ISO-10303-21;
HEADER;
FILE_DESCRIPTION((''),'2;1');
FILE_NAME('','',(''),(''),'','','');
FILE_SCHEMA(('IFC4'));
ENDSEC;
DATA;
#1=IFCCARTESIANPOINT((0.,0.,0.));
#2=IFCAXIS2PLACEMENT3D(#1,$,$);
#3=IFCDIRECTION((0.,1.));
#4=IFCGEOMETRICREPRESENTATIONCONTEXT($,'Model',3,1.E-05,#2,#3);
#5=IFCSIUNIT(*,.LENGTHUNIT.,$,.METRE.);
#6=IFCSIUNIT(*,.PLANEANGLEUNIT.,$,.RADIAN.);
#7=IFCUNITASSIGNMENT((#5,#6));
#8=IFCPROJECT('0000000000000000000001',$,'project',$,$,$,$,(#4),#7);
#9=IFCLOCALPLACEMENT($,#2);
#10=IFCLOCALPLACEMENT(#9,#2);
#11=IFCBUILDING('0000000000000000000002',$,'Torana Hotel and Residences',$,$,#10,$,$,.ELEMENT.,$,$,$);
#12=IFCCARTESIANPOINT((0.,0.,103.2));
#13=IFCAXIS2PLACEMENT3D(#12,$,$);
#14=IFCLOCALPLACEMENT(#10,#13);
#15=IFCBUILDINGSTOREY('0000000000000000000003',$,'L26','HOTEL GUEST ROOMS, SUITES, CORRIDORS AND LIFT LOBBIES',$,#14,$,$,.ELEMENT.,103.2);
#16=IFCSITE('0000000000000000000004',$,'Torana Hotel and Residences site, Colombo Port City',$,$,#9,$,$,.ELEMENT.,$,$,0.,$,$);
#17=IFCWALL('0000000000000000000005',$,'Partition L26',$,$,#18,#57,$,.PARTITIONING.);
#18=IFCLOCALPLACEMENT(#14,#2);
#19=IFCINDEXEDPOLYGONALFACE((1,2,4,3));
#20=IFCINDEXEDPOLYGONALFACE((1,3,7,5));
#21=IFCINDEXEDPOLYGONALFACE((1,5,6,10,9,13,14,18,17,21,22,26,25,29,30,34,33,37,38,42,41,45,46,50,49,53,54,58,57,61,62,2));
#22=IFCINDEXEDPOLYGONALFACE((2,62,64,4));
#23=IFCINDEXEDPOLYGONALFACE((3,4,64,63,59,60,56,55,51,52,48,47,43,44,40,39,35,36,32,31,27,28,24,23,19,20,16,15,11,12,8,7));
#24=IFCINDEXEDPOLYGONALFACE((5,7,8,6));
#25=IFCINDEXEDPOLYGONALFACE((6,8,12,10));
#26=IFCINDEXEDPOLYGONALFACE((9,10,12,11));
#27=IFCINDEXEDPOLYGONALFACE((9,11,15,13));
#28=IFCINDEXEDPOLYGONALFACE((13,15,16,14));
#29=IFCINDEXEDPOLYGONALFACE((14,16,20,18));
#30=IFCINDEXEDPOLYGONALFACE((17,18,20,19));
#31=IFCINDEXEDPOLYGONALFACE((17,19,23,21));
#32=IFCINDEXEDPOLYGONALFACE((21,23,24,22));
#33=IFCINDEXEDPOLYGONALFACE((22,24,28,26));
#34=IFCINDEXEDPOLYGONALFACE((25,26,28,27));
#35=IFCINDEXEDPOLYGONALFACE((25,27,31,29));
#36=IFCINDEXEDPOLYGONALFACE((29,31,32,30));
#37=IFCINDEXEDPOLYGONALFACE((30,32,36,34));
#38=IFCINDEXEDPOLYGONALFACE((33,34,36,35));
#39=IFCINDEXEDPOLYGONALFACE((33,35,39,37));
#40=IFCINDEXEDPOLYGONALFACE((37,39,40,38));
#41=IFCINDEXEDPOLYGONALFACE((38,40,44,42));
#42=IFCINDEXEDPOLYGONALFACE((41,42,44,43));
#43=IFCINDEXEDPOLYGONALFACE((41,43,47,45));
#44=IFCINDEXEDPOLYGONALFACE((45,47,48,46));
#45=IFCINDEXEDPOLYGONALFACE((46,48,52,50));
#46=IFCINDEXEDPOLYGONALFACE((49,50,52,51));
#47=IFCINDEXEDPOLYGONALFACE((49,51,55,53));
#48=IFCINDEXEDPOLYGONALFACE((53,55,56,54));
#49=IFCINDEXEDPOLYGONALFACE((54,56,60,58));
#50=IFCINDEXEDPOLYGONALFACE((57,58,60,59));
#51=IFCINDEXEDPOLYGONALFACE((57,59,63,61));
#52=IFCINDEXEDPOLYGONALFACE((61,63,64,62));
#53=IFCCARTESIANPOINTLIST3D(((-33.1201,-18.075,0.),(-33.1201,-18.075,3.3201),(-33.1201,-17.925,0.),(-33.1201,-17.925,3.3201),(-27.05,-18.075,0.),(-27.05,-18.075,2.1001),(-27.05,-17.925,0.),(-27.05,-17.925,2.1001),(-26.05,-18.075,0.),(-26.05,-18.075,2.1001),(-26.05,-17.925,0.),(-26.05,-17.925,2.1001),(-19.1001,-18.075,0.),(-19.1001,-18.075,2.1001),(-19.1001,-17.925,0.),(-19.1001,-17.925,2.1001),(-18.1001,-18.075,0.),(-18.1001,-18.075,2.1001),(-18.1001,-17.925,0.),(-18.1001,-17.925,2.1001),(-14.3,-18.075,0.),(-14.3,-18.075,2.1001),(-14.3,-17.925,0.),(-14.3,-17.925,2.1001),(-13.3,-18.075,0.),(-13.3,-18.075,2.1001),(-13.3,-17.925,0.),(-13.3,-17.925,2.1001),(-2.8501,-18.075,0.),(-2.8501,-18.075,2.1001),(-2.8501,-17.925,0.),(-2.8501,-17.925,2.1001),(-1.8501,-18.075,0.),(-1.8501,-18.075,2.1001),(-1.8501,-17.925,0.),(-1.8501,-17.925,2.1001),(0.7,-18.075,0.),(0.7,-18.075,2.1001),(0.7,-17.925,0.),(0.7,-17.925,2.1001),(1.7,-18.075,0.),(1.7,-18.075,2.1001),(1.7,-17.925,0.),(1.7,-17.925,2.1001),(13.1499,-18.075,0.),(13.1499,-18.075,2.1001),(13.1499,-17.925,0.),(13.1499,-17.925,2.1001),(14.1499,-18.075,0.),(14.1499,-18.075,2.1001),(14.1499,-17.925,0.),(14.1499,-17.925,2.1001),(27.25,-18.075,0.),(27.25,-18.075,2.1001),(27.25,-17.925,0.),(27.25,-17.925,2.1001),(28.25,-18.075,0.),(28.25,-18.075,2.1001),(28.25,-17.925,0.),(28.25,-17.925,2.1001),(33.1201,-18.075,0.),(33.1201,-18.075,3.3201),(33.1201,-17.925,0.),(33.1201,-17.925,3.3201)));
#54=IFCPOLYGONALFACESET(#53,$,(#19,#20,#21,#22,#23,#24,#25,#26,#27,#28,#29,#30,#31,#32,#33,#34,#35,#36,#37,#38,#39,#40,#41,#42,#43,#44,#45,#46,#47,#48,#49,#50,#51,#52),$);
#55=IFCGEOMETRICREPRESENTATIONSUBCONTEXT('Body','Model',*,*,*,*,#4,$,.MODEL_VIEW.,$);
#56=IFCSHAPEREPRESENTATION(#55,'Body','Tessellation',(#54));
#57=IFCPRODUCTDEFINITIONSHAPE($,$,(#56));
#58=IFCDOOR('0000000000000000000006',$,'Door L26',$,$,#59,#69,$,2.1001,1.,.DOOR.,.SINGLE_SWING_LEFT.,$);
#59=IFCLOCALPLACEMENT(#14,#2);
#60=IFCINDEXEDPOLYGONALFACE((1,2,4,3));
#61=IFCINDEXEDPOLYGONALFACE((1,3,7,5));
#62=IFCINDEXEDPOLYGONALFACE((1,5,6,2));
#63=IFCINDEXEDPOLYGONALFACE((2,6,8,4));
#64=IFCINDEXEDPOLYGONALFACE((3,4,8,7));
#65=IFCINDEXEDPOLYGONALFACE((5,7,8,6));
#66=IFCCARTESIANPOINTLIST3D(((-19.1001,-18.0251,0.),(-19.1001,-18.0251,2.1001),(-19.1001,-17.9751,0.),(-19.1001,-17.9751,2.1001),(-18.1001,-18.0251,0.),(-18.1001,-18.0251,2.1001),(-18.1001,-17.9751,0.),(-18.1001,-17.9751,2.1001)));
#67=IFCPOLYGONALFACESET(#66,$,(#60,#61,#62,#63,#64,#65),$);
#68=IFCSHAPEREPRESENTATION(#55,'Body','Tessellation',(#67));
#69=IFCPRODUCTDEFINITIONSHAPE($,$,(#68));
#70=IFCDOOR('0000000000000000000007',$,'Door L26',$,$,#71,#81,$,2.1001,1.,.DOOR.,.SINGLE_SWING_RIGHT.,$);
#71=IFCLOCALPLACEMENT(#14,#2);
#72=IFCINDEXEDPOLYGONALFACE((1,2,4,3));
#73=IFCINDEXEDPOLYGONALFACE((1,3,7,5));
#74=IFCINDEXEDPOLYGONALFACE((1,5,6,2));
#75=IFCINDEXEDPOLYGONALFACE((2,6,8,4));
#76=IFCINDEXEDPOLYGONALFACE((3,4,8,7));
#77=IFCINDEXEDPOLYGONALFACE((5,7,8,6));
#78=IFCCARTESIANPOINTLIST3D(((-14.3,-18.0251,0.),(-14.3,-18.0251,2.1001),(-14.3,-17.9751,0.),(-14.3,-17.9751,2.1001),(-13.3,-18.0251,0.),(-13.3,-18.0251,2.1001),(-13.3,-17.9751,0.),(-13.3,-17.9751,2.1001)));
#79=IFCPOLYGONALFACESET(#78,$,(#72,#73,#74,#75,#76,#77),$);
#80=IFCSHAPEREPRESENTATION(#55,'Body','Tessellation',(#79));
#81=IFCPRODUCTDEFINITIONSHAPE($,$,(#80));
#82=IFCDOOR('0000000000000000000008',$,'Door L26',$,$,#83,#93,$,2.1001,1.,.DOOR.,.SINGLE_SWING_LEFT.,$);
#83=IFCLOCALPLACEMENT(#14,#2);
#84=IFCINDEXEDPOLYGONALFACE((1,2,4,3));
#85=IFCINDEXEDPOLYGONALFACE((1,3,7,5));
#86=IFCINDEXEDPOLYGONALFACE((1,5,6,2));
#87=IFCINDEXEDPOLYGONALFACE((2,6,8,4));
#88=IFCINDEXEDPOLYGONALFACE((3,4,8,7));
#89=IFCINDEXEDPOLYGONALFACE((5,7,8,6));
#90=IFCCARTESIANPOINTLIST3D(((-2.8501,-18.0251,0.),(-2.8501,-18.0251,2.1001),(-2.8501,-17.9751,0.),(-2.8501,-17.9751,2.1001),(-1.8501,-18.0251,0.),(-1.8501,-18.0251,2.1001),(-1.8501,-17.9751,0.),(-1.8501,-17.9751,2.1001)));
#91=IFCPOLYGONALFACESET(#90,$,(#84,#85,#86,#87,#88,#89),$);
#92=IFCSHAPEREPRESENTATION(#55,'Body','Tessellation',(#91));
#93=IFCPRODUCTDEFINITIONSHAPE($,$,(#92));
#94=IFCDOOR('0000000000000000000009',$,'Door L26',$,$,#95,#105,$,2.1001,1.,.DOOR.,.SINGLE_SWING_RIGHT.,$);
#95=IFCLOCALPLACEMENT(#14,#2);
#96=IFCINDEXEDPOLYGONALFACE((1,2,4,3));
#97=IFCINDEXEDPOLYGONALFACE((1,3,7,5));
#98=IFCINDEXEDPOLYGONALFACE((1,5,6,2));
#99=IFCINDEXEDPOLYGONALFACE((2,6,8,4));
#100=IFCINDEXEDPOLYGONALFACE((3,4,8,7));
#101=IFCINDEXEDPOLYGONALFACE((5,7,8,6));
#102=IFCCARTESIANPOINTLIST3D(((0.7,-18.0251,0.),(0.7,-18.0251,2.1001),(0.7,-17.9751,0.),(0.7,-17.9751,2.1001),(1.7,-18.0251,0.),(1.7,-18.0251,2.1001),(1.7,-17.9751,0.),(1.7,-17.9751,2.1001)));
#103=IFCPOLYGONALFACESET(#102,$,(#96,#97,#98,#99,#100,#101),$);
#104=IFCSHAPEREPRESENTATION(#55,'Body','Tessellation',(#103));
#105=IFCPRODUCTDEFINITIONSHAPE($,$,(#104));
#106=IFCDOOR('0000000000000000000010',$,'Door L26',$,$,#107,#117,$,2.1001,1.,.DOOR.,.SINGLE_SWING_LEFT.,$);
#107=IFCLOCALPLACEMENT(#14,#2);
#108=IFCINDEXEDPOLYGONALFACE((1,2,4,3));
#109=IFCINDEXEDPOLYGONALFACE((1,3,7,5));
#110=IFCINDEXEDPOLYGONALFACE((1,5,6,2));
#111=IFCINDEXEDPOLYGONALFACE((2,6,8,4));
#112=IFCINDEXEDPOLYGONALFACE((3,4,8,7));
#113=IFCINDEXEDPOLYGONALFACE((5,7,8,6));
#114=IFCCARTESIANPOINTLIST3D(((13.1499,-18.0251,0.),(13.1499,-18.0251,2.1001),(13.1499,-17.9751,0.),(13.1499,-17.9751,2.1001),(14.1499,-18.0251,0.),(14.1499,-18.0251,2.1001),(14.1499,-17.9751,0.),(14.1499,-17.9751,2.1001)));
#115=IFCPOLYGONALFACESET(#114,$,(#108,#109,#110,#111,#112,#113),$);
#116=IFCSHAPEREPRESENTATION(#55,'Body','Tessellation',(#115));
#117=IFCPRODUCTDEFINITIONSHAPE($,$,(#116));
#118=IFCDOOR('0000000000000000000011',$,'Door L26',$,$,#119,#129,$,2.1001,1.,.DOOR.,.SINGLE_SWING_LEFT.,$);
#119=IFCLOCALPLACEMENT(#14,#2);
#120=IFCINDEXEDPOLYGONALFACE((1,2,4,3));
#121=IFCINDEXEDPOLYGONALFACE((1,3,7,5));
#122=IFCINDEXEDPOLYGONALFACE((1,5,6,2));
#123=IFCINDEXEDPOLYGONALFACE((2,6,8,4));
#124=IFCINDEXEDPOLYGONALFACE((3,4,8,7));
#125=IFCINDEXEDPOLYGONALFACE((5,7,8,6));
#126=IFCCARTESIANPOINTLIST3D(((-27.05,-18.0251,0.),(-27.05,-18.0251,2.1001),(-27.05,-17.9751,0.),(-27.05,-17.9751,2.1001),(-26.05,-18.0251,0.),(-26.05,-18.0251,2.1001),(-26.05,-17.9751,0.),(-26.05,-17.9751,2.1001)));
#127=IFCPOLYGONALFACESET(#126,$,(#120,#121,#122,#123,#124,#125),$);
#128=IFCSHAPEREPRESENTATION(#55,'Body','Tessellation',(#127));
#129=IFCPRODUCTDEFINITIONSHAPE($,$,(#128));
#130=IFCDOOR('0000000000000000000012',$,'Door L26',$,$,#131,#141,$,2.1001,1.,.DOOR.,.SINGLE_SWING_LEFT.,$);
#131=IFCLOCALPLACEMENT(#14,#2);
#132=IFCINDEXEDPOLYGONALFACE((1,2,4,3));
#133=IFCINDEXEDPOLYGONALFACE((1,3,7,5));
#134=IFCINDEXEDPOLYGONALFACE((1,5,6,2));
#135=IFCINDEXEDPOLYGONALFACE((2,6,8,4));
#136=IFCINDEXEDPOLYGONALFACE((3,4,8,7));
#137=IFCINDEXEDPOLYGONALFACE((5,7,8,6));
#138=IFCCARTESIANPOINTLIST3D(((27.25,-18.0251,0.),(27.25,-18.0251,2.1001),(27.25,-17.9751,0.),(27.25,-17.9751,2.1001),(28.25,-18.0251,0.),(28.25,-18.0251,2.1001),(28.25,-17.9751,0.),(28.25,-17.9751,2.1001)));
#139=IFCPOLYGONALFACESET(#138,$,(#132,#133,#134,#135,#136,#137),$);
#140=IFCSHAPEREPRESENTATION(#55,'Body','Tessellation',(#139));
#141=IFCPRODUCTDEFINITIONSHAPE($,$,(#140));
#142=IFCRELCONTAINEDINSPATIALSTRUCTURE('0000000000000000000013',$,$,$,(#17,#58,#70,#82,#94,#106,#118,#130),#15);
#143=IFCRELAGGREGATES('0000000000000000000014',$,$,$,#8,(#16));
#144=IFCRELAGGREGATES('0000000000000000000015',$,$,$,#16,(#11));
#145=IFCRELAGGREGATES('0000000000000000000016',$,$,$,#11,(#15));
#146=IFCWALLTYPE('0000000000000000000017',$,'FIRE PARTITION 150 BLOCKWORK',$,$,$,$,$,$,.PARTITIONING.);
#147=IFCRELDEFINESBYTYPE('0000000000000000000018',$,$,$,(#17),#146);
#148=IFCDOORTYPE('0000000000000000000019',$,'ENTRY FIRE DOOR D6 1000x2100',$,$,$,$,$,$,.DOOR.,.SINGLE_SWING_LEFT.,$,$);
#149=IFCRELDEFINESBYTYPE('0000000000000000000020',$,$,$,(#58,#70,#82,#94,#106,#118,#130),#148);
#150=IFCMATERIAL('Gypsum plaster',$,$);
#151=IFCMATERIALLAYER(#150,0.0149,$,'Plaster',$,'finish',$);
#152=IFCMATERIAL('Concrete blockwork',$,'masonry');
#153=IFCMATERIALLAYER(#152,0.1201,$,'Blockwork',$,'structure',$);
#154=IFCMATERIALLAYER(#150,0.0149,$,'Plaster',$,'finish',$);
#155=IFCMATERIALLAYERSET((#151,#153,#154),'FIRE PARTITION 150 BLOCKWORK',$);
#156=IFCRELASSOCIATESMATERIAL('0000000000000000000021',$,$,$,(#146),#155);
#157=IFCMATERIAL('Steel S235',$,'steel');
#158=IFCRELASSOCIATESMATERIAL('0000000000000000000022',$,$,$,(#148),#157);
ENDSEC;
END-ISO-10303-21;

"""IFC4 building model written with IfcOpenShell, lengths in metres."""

from ifc_helpers import new_model, si_unit, direction, frame, frame_2d, origin, place, context, subcontext, project, spatial, rectangle, extrude, material, layer, layer_set, type_object, element, fill, save


model = new_model("IFC4")

# Units and contexts
model_context = context("Model", 3, precision=1e-05, world=origin(), true_north=direction((0.0, 1.0)))
body_context = subcontext(model_context, "Body", "Model", "MODEL_VIEW")
ifc_project = project(units=[si_unit("LENGTHUNIT", "METRE"), si_unit("PLANEANGLEUNIT", "RADIAN")], contexts=[model_context])

# Site, building, storey
site_placement = place(None, origin())
site = spatial("IfcSite", under=ifc_project, at=site_placement, Name="Torana Hotel and Residences site, Colombo Port City", CompositionType="ELEMENT", RefElevation=0.0)
building_placement = place(site_placement, origin())
building = spatial("IfcBuilding", under=site, at=building_placement, Name="Torana Hotel and Residences", CompositionType="ELEMENT")
storey_placement = place(building_placement, frame((0.0, 0.0, 103.2)))
storey = spatial("IfcBuildingStorey", under=building, at=storey_placement, Name="L26", Description="HOTEL GUEST ROOMS, SUITES, CORRIDORS AND LIFT LOBBIES", CompositionType="ELEMENT", Elevation=103.2)

# Wall, openings, doors
ifc_material_1 = material(Name="Gypsum plaster")
ifc_layer_1 = layer(ifc_material_1, 0.0149, Name="Plaster", Category="finish")
ifc_material_2 = material(Name="Concrete blockwork", Category="masonry")
ifc_layer_2 = layer(ifc_material_2, 0.1201, Name="Blockwork", Category="structure")
ifc_layer_3 = layer(ifc_material_1, 0.0149, Name="Plaster", Category="finish")
ifc_layer_set_1 = layer_set([ifc_layer_1, ifc_layer_2, ifc_layer_3], Name="FIRE PARTITION 150 BLOCKWORK")
wall_type_1 = type_object("IfcWallType", Name="FIRE PARTITION 150 BLOCKWORK", PredefinedType="PARTITIONING", material=ifc_layer_set_1)
wall_1_placement = place(storey_placement, frame((-33.1201, -18.0, 0.0), z_axis=(0.0, 0.0, 1.0), x_axis=(1.0, 0.0, 0.0)))
wall_1 = element("IfcWall", 1, at=wall_1_placement, inside=storey, type_object=wall_type_1, Name="Partition L26", PredefinedType="PARTITIONING", context=body_context, shape_type="SweptSolid", body=[
    extrude(rectangle(XDim=66.2402, YDim=0.1499, at=frame_2d((33.1201, 0.0))), origin(), (0.0, 0.0, 1.0), 3.3201),
])
opening_1_placement = place(wall_1_placement, frame((14.02, 0.0, 0.0)))
opening_1 = element("IfcOpeningElement", 2, at=opening_1_placement, cuts=wall_1, PredefinedType="OPENING", context=body_context, shape_type="SweptSolid", body=[
    extrude(rectangle(XDim=1.0, YDim=2.1001, at=frame_2d((0.5, 1.05))), frame((0.0, 0.085, 0.0), z_axis=(0.0, -1.0, 0.0), x_axis=(1.0, 0.0, 0.0)), (0.0, 0.0, 1.0), 0.1699),
])
opening_2_placement = place(wall_1_placement, frame((18.8201, 0.0, 0.0)))
opening_2 = element("IfcOpeningElement", 3, at=opening_2_placement, cuts=wall_1, PredefinedType="OPENING", context=body_context, shape_type="SweptSolid", body=[
    extrude(rectangle(XDim=1.0, YDim=2.1001, at=frame_2d((0.5, 1.05))), frame((0.0, 0.085, 0.0), z_axis=(0.0, -1.0, 0.0), x_axis=(1.0, 0.0, 0.0)), (0.0, 0.0, 1.0), 0.1699),
])
opening_3_placement = place(wall_1_placement, frame((30.27, 0.0, 0.0)))
opening_3 = element("IfcOpeningElement", 4, at=opening_3_placement, cuts=wall_1, PredefinedType="OPENING", context=body_context, shape_type="SweptSolid", body=[
    extrude(rectangle(XDim=1.0, YDim=2.1001, at=frame_2d((0.5, 1.05))), frame((0.0, 0.085, 0.0), z_axis=(0.0, -1.0, 0.0), x_axis=(1.0, 0.0, 0.0)), (0.0, 0.0, 1.0), 0.1699),
])
opening_4_placement = place(wall_1_placement, frame((33.8201, 0.0, 0.0)))
opening_4 = element("IfcOpeningElement", 5, at=opening_4_placement, cuts=wall_1, PredefinedType="OPENING", context=body_context, shape_type="SweptSolid", body=[
    extrude(rectangle(XDim=1.0, YDim=2.1001, at=frame_2d((0.5, 1.05))), frame((0.0, 0.085, 0.0), z_axis=(0.0, -1.0, 0.0), x_axis=(1.0, 0.0, 0.0)), (0.0, 0.0, 1.0), 0.1699),
])
opening_5_placement = place(wall_1_placement, frame((46.27, 0.0, 0.0)))
opening_5 = element("IfcOpeningElement", 6, at=opening_5_placement, cuts=wall_1, PredefinedType="OPENING", context=body_context, shape_type="SweptSolid", body=[
    extrude(rectangle(XDim=1.0, YDim=2.1001, at=frame_2d((0.5, 1.05))), frame((0.0, 0.085, 0.0), z_axis=(0.0, -1.0, 0.0), x_axis=(1.0, 0.0, 0.0)), (0.0, 0.0, 1.0), 0.1699),
])
opening_6_placement = place(wall_1_placement, frame((6.0701, 0.0, 0.0)))
opening_6 = element("IfcOpeningElement", 7, at=opening_6_placement, cuts=wall_1, PredefinedType="OPENING", context=body_context, shape_type="SweptSolid", body=[
    extrude(rectangle(XDim=1.0, YDim=2.1001, at=frame_2d((0.5, 1.05))), frame((0.0, 0.085, 0.0), z_axis=(0.0, -1.0, 0.0), x_axis=(1.0, 0.0, 0.0)), (0.0, 0.0, 1.0), 0.1699),
])
opening_7_placement = place(wall_1_placement, frame((60.3701, 0.0, 0.0)))
opening_7 = element("IfcOpeningElement", 8, at=opening_7_placement, cuts=wall_1, PredefinedType="OPENING", context=body_context, shape_type="SweptSolid", body=[
    extrude(rectangle(XDim=1.0, YDim=2.1001, at=frame_2d((0.5, 1.05))), frame((0.0, 0.085, 0.0), z_axis=(0.0, -1.0, 0.0), x_axis=(1.0, 0.0, 0.0)), (0.0, 0.0, 1.0), 0.1699),
])
ifc_material_3 = material(Name="Steel S235", Category="steel")
door_type_1 = type_object("IfcDoorType", Name="ENTRY FIRE DOOR D6 1000x2100", OperationType="SINGLE_SWING_LEFT", PredefinedType="DOOR", material=ifc_material_3)
door_1_placement = place(opening_1_placement, frame((0.5, 0.0, 0.0), z_axis=(0.0, 0.0, 1.0), x_axis=(-1.0, 0.0, 0.0)))
door_1 = element("IfcDoor", 9, at=door_1_placement, inside=storey, type_object=door_type_1, Name="Door L26", OperationType="SINGLE_SWING_LEFT", OverallHeight=2.1001, OverallWidth=1.0, PredefinedType="DOOR", context=body_context, shape_type="SweptSolid", body=[
    extrude(rectangle(XDim=1.0, YDim=2.1001, at=frame_2d((0.0, 1.05))), frame((0.0, -0.0249, 0.0), z_axis=(0.0, 1.0, 0.0), x_axis=(-1.0, 0.0, 0.0)), (0.0, 0.0, 1.0), 0.05),
])
fill(opening_1, door_1)
door_2_placement = place(opening_2_placement, origin())
door_2 = element("IfcDoor", 10, at=door_2_placement, inside=storey, type_object=door_type_1, Name="Door L26", OperationType="SINGLE_SWING_RIGHT", OverallHeight=2.1001, OverallWidth=1.0, PredefinedType="DOOR", context=body_context, shape_type="SweptSolid", body=[
    extrude(rectangle(XDim=1.0, YDim=2.1001, at=frame_2d((0.5, 1.05))), frame((0.0, 0.0249, 0.0), z_axis=(0.0, -1.0, 0.0), x_axis=(1.0, 0.0, 0.0)), (0.0, 0.0, 1.0), 0.05),
])
fill(opening_2, door_2)
door_3_placement = place(opening_3_placement, frame((0.5, 0.0, 0.0), z_axis=(0.0, 0.0, 1.0), x_axis=(-1.0, 0.0, 0.0)))
door_3 = element("IfcDoor", 11, at=door_3_placement, inside=storey, type_object=door_type_1, Name="Door L26", OperationType="SINGLE_SWING_LEFT", OverallHeight=2.1001, OverallWidth=1.0, PredefinedType="DOOR", context=body_context, shape_type="SweptSolid", body=[
    extrude(rectangle(XDim=1.0, YDim=2.1001, at=frame_2d((0.0, 1.05))), frame((0.0, -0.0249, 0.0), z_axis=(0.0, 1.0, 0.0), x_axis=(-1.0, 0.0, 0.0)), (0.0, 0.0, 1.0), 0.05),
])
fill(opening_3, door_3)
door_4_placement = place(opening_4_placement, origin())
door_4 = element("IfcDoor", 12, at=door_4_placement, inside=storey, type_object=door_type_1, Name="Door L26", OperationType="SINGLE_SWING_RIGHT", OverallHeight=2.1001, OverallWidth=1.0, PredefinedType="DOOR", context=body_context, shape_type="SweptSolid", body=[
    extrude(rectangle(XDim=1.0, YDim=2.1001, at=frame_2d((0.5, 1.05))), frame((0.0, 0.0249, 0.0), z_axis=(0.0, -1.0, 0.0), x_axis=(1.0, 0.0, 0.0)), (0.0, 0.0, 1.0), 0.05),
])
fill(opening_4, door_4)
door_5_placement = place(opening_5_placement, frame((0.5, 0.0, 0.0), z_axis=(0.0, 0.0, 1.0), x_axis=(-1.0, 0.0, 0.0)))
door_5 = element("IfcDoor", 13, at=door_5_placement, inside=storey, type_object=door_type_1, Name="Door L26", OperationType="SINGLE_SWING_LEFT", OverallHeight=2.1001, OverallWidth=1.0, PredefinedType="DOOR", context=body_context, shape_type="SweptSolid", body=[
    extrude(rectangle(XDim=1.0, YDim=2.1001, at=frame_2d((0.0, 1.05))), frame((0.0, -0.0249, 0.0), z_axis=(0.0, 1.0, 0.0), x_axis=(-1.0, 0.0, 0.0)), (0.0, 0.0, 1.0), 0.05),
])
fill(opening_5, door_5)
door_6_placement = place(opening_6_placement, frame((0.5, 0.0, 0.0), z_axis=(0.0, 0.0, 1.0), x_axis=(-1.0, 0.0, 0.0)))
door_6 = element("IfcDoor", 14, at=door_6_placement, inside=storey, type_object=door_type_1, Name="Door L26", OperationType="SINGLE_SWING_LEFT", OverallHeight=2.1001, OverallWidth=1.0, PredefinedType="DOOR", context=body_context, shape_type="SweptSolid", body=[
    extrude(rectangle(XDim=1.0, YDim=2.1001, at=frame_2d((0.0, 1.05))), frame((0.0, -0.0249, 0.0), z_axis=(0.0, 1.0, 0.0), x_axis=(-1.0, 0.0, 0.0)), (0.0, 0.0, 1.0), 0.05),
])
fill(opening_6, door_6)
door_7_placement = place(opening_7_placement, frame((0.5, 0.0, 0.0), z_axis=(0.0, 0.0, 1.0), x_axis=(-1.0, 0.0, 0.0)))
door_7 = element("IfcDoor", 15, at=door_7_placement, inside=storey, type_object=door_type_1, Name="Door L26", OperationType="SINGLE_SWING_LEFT", OverallHeight=2.1001, OverallWidth=1.0, PredefinedType="DOOR", context=body_context, shape_type="SweptSolid", body=[
    extrude(rectangle(XDim=1.0, YDim=2.1001, at=frame_2d((0.0, 1.05))), frame((0.0, -0.0249, 0.0), z_axis=(0.0, 1.0, 0.0), x_axis=(-1.0, 0.0, 0.0)), (0.0, 0.0, 1.0), 0.05),
])
fill(opening_7, door_7)

save(model, "model.ifc")
